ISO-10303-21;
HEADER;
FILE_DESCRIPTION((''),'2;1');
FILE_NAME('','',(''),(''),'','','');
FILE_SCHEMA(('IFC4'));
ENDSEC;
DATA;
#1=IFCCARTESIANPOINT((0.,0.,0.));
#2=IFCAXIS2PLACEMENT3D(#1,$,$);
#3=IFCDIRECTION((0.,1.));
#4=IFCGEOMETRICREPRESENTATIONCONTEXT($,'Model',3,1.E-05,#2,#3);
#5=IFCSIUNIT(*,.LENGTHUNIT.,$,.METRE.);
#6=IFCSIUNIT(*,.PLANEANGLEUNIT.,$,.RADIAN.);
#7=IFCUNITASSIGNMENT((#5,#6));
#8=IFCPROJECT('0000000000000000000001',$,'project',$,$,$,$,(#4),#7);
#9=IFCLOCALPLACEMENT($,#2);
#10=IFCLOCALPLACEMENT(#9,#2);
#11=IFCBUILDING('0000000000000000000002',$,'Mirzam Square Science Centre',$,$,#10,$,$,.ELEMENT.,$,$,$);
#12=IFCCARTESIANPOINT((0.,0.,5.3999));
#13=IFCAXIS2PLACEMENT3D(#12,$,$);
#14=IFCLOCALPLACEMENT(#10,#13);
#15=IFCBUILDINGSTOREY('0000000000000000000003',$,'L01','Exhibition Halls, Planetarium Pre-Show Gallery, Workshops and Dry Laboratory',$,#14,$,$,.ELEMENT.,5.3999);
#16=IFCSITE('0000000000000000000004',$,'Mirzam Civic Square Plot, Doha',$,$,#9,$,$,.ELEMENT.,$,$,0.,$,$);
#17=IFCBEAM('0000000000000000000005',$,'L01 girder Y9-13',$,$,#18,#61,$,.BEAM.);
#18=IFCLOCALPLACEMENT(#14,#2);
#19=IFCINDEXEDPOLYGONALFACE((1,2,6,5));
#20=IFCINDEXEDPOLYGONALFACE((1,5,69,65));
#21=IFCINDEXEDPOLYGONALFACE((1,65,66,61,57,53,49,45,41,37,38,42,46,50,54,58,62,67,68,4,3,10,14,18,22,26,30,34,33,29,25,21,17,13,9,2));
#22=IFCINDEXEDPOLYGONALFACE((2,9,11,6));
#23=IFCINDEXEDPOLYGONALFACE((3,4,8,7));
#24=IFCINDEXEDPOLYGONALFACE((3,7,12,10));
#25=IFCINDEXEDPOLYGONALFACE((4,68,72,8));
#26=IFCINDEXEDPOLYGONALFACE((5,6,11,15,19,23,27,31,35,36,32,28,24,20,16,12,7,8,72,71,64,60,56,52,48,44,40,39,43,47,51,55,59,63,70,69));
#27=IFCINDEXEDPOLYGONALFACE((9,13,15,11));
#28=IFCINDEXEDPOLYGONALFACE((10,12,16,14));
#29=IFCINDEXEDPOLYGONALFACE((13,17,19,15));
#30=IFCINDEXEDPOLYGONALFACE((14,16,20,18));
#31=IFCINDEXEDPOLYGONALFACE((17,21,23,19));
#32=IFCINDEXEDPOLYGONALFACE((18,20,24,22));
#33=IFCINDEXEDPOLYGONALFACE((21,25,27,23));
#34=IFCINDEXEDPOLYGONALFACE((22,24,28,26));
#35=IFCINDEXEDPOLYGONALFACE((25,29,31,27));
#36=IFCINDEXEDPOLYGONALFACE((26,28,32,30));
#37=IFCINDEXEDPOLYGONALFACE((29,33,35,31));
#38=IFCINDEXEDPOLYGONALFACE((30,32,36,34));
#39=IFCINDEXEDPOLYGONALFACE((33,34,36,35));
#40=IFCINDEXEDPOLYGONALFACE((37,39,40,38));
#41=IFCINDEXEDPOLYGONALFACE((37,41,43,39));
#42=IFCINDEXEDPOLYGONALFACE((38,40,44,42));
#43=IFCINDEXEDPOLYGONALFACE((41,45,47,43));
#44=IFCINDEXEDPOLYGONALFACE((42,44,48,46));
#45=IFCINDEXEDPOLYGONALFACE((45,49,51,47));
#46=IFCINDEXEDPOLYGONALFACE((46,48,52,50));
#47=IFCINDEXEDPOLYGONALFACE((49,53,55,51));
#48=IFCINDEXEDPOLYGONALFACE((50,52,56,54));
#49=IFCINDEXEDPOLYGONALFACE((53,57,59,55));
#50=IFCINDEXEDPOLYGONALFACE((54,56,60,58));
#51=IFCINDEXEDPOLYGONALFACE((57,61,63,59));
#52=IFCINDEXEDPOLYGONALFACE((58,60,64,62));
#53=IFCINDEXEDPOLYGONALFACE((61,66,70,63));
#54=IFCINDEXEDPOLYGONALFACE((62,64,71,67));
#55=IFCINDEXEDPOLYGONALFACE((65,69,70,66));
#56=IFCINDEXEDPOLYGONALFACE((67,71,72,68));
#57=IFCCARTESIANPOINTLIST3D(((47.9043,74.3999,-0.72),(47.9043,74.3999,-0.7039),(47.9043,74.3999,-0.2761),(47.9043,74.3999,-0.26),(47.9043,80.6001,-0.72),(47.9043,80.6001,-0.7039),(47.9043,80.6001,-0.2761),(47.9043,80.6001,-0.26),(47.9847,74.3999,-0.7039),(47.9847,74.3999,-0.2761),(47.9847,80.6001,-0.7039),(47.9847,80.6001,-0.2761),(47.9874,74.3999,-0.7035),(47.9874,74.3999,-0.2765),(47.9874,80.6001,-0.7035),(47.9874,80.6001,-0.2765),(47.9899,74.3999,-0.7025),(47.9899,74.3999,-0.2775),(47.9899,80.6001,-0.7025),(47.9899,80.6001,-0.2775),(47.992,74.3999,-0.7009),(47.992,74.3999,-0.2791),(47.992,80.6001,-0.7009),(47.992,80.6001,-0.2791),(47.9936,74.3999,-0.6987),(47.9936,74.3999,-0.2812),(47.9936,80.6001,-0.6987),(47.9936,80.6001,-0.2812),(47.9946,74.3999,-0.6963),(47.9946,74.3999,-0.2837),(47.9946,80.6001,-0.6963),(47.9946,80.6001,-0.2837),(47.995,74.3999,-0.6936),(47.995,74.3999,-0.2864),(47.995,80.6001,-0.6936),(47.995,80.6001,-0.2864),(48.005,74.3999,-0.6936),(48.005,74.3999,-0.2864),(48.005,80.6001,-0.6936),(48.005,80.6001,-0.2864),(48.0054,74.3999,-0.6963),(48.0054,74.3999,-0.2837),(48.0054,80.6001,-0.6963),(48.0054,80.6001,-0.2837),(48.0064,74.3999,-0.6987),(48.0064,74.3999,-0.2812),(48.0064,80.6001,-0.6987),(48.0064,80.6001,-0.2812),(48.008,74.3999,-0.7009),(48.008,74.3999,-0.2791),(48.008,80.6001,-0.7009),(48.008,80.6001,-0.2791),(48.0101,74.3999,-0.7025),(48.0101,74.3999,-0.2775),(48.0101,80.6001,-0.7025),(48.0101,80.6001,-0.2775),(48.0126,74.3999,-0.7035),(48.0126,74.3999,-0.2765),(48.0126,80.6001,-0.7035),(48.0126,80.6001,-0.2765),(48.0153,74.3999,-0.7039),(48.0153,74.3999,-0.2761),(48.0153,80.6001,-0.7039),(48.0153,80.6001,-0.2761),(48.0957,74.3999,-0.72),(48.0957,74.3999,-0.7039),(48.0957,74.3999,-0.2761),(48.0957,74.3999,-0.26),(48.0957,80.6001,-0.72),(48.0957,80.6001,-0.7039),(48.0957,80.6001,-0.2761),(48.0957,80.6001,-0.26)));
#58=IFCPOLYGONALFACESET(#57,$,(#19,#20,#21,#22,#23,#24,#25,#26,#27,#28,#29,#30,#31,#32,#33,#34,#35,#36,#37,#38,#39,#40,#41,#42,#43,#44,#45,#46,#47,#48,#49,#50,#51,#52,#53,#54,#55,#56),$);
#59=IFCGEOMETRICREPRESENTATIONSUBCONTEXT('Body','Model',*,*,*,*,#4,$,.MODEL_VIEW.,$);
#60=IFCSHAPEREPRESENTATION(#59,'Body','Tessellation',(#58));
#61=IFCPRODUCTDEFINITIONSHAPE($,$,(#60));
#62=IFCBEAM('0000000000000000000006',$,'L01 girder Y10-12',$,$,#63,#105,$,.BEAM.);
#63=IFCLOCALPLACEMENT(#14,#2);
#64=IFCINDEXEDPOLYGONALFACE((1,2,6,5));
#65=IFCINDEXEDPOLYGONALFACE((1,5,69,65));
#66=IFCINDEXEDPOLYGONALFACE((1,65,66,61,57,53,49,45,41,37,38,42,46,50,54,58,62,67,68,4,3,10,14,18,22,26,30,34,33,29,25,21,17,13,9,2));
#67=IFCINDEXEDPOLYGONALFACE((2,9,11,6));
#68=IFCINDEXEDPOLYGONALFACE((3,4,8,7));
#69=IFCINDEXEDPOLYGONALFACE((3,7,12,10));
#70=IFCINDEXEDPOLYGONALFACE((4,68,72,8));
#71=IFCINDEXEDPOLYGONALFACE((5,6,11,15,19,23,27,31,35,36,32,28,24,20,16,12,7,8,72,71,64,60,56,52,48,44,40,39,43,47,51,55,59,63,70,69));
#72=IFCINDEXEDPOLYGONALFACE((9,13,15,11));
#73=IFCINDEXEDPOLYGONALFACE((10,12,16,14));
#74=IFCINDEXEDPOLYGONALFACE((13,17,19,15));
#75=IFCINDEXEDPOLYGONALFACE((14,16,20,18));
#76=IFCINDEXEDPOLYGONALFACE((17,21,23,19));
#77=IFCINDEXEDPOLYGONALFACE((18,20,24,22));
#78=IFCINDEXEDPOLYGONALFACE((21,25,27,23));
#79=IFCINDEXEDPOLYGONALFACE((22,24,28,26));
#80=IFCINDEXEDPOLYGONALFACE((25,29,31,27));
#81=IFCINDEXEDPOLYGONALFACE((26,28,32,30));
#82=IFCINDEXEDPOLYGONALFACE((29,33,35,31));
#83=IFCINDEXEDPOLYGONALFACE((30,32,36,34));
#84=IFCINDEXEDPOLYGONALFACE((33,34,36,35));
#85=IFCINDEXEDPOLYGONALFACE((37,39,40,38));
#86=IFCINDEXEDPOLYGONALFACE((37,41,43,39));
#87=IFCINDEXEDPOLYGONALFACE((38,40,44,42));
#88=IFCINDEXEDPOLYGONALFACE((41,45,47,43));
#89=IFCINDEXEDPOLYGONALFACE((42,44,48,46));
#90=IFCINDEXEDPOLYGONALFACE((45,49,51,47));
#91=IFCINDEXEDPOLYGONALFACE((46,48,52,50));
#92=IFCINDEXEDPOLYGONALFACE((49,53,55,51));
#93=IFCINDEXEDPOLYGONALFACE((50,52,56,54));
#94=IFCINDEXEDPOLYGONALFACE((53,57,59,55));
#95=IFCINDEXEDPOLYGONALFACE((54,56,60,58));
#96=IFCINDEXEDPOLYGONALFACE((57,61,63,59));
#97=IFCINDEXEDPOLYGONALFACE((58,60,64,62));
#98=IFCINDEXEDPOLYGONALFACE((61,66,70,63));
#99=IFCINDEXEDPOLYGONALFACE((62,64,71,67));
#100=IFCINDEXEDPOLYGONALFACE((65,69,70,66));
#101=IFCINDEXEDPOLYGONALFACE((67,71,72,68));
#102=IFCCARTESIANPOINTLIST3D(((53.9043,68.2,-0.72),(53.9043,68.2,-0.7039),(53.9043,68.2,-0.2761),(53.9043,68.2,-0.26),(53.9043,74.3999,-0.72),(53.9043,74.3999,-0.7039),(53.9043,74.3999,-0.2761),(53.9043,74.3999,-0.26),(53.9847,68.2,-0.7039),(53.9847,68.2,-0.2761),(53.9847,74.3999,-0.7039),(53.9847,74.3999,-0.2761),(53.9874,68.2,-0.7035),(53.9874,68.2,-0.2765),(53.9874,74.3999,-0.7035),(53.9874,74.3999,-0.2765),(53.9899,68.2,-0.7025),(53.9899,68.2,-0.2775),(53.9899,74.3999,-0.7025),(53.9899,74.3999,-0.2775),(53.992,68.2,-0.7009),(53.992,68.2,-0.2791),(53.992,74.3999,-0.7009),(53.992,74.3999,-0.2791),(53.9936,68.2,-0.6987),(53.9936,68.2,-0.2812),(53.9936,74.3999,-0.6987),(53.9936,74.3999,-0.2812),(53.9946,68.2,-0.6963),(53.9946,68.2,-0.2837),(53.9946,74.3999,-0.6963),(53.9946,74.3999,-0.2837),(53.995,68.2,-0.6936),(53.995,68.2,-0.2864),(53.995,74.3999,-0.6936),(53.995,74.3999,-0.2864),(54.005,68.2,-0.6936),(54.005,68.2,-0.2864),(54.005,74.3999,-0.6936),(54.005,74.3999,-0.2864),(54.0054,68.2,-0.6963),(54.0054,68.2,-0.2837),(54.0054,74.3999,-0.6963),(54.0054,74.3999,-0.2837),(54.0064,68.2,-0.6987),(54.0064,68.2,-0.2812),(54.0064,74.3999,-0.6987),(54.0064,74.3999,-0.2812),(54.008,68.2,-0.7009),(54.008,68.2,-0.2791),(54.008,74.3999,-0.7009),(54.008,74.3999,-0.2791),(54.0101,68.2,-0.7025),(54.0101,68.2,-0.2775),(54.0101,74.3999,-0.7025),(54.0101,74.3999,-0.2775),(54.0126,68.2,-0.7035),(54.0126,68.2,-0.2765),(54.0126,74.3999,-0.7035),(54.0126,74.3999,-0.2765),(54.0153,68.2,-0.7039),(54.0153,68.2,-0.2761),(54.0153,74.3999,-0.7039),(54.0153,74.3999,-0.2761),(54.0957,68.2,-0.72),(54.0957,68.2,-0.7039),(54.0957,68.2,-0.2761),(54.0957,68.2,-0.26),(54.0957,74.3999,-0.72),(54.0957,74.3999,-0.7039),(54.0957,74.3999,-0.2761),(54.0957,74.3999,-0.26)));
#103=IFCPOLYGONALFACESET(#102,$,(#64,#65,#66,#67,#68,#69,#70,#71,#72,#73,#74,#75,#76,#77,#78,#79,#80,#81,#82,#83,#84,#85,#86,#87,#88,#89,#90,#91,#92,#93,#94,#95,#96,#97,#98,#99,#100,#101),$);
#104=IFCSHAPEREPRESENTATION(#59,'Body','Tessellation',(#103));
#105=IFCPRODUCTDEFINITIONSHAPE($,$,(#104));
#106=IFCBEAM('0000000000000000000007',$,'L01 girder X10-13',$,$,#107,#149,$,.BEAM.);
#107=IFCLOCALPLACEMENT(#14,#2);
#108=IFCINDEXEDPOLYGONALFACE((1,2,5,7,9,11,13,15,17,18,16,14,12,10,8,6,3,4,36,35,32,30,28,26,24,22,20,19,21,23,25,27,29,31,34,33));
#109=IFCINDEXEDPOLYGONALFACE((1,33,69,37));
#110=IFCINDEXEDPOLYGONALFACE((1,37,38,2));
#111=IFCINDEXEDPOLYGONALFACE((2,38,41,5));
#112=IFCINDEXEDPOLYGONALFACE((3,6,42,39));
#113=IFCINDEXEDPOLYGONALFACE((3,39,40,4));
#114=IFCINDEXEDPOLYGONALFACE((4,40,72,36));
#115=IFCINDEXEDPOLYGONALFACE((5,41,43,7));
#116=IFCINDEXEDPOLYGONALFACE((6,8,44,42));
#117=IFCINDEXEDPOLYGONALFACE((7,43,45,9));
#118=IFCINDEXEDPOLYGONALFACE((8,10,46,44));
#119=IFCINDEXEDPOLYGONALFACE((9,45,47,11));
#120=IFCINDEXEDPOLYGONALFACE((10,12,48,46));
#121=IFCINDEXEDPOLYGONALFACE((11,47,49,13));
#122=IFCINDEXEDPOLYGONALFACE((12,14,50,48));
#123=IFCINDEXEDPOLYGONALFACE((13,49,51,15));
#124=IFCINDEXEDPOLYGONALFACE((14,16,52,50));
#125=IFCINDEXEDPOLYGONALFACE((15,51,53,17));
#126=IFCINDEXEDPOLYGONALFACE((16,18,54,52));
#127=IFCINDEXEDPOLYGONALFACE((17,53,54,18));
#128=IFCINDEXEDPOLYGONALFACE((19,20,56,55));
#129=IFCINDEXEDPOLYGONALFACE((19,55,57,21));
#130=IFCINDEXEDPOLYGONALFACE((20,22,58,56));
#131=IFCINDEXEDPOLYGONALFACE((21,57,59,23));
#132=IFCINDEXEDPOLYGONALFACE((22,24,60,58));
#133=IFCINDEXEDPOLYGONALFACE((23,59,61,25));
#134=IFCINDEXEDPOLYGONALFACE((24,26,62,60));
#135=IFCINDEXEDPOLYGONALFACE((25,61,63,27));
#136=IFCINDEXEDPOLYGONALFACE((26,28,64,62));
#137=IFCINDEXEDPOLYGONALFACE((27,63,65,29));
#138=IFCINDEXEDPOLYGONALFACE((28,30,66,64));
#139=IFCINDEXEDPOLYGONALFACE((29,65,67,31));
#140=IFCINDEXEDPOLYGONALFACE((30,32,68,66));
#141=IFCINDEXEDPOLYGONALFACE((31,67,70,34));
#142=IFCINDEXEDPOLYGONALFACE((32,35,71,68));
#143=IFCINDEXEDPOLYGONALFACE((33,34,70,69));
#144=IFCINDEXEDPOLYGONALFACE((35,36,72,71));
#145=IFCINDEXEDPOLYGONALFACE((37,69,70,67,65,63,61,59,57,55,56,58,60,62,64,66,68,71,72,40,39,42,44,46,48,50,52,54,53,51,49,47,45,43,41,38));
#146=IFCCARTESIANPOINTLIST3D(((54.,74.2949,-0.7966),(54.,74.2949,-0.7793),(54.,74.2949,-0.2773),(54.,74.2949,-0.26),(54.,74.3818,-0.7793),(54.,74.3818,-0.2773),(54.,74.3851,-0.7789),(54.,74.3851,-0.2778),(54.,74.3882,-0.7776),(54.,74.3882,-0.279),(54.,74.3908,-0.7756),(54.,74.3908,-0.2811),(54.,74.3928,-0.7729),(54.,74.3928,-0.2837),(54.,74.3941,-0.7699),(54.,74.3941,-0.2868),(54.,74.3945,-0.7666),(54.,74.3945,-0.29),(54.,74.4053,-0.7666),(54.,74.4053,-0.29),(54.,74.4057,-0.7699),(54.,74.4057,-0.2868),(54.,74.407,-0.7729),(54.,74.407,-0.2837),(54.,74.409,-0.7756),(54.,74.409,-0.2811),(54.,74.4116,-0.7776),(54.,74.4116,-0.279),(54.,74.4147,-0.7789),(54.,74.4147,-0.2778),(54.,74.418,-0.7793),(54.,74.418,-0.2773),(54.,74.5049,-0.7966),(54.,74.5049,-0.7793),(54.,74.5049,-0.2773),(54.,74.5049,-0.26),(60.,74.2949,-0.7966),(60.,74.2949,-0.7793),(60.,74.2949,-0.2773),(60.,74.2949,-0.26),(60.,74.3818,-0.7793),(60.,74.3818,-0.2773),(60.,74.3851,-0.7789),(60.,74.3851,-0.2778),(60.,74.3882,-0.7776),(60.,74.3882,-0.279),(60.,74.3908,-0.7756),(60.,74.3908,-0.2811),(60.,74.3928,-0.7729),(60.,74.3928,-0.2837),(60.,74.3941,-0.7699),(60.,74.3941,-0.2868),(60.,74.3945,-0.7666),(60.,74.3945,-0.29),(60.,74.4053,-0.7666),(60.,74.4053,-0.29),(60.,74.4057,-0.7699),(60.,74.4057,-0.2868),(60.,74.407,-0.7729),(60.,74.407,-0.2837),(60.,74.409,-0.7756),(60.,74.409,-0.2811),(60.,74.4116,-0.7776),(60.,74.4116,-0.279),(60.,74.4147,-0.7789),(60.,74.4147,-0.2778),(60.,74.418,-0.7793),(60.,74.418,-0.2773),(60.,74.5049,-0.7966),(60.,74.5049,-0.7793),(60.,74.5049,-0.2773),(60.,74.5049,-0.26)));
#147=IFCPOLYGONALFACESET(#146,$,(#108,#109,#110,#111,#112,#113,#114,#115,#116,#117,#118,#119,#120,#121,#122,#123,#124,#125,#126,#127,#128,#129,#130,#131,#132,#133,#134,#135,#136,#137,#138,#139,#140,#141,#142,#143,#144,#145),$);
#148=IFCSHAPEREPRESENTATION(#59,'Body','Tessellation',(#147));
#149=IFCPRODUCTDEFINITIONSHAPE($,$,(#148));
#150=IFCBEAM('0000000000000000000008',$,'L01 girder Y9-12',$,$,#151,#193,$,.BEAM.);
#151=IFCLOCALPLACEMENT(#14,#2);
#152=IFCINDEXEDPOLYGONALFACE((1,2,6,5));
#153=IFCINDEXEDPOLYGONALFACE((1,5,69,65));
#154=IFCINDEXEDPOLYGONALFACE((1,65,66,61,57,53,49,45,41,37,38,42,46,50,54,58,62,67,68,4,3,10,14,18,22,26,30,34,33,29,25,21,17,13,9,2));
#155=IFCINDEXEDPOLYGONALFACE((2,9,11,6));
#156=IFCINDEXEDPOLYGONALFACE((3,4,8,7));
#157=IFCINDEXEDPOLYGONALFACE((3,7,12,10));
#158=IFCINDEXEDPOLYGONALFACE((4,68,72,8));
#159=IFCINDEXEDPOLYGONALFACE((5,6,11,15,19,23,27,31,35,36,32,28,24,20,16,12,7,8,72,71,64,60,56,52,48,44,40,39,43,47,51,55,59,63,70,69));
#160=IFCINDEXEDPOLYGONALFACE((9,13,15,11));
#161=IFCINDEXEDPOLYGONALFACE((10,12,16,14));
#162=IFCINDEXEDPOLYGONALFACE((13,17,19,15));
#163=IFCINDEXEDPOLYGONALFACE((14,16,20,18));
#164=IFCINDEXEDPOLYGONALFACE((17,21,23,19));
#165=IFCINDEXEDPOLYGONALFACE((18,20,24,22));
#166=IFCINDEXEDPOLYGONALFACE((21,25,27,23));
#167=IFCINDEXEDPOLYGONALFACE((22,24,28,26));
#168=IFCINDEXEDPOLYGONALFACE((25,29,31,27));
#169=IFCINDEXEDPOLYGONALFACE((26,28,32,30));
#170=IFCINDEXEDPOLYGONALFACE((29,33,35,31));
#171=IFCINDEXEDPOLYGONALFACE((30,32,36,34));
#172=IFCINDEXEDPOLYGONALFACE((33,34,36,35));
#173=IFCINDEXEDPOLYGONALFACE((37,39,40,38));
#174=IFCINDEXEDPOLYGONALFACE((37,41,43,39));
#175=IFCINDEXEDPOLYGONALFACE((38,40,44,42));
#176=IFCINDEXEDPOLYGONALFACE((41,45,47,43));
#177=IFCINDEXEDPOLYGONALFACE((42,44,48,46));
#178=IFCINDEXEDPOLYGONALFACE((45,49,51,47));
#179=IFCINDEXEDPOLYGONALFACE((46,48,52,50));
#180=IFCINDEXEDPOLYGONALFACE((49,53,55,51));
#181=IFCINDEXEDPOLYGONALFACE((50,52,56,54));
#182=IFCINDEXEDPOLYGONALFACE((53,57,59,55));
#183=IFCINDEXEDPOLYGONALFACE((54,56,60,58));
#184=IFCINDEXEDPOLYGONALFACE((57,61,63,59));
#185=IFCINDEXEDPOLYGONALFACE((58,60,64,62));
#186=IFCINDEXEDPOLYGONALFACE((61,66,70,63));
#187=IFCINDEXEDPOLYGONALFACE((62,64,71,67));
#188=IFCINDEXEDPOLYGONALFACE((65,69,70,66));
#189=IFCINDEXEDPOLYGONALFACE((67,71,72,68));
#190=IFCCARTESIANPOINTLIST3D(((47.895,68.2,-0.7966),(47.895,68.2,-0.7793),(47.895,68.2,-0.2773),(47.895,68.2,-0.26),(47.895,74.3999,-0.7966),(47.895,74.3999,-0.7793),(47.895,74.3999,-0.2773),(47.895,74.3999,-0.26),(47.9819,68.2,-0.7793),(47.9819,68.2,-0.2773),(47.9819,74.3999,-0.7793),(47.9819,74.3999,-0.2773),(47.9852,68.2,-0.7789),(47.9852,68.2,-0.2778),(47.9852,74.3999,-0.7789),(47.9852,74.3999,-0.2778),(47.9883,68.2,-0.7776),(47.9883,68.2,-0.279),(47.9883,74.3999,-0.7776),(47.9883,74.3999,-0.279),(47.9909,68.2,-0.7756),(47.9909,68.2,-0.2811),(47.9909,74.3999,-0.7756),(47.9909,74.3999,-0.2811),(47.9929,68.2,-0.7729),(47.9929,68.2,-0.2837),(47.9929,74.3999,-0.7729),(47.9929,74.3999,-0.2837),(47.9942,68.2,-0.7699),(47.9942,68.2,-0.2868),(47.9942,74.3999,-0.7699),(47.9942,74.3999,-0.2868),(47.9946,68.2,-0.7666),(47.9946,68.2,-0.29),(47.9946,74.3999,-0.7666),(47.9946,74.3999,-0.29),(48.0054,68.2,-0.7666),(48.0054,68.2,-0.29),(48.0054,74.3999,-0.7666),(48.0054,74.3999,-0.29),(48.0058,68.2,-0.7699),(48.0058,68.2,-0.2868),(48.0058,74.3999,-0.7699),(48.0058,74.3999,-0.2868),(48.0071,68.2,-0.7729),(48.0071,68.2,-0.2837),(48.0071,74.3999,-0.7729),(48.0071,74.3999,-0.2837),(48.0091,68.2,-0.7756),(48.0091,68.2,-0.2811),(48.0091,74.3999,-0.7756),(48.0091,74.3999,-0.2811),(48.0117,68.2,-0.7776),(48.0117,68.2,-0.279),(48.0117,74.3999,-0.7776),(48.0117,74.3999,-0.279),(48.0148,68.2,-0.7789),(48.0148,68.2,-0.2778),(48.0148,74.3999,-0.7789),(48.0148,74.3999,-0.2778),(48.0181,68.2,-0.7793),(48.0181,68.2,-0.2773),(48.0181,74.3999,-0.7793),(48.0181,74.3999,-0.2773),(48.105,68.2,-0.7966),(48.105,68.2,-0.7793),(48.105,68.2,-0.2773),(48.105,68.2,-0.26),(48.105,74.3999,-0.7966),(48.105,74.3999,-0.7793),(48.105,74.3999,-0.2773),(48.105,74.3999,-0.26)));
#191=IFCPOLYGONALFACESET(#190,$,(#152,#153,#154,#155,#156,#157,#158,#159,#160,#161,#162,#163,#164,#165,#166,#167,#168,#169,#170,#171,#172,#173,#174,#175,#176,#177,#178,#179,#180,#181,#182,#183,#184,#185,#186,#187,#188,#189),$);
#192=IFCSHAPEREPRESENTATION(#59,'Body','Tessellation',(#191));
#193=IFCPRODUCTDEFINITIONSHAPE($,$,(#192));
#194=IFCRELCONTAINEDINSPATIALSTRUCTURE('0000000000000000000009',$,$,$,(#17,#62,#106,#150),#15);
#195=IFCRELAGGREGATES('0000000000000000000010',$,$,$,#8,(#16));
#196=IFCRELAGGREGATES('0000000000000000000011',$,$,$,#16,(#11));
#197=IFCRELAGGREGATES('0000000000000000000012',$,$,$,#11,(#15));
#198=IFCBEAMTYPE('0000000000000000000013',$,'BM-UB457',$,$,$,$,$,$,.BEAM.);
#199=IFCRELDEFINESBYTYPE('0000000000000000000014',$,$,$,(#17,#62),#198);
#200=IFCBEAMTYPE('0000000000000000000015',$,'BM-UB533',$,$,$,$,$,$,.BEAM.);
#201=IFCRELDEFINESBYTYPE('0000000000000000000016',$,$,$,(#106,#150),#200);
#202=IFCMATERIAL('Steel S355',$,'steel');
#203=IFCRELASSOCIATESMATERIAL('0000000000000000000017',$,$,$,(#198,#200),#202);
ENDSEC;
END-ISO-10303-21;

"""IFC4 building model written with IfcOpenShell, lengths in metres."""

from ifc_helpers import new_model, si_unit, direction, frame, origin, origin_2d, place, context, subcontext, project, spatial, i_section, extrude, material, material_profile, profile_set, type_object, element, save


model = new_model("IFC4")

# Units and contexts
model_context = context("Model", 3, precision=1e-05, world=origin(), true_north=direction((0.0, 1.0)))
body_context = subcontext(model_context, "Body", "Model", "MODEL_VIEW")
ifc_project = project(units=[si_unit("LENGTHUNIT", "METRE"), si_unit("PLANEANGLEUNIT", "RADIAN")], contexts=[model_context])

# Site, building, storey
site_placement = place(None, origin())
site = spatial("IfcSite", under=ifc_project, at=site_placement, Name="Mirzam Civic Square Plot, Doha", CompositionType="ELEMENT", RefElevation=0.0)
building_placement = place(site_placement, origin())
building = spatial("IfcBuilding", under=site, at=building_placement, Name="Mirzam Square Science Centre", CompositionType="ELEMENT")
storey_placement = place(building_placement, frame((0.0, 0.0, 5.3999)))
storey = spatial("IfcBuildingStorey", under=building, at=storey_placement, Name="L01", Description="Exhibition Halls, Planetarium Pre-Show Gallery, Workshops and Dry Laboratory", CompositionType="ELEMENT", Elevation=5.3999)

# Shared definitions
ifc_material = material(Name="Steel S355", Category="steel")

# Beams
ifc_material_profile_1 = material_profile(ifc_material, i_section(OverallWidth=0.1914, OverallDepth=0.46, WebThickness=0.01, FlangeThickness=0.0161, FilletRadius=0.0103, at=origin_2d()), Name="457x191x82UB")
ifc_profile_set_1 = profile_set([ifc_material_profile_1], Name="Steel S355")
beam_type_1 = type_object("IfcBeamType", Name="BM-UB457", PredefinedType="BEAM", material=ifc_profile_set_1)
beam_1_placement = place(storey_placement, frame((48.0, 74.3999, -0.49), z_axis=(0.0, 1.0, 0.0), x_axis=(-1.0, 0.0, 0.0)))
element("IfcBeam", 1, at=beam_1_placement, inside=storey, type_object=beam_type_1, Name="L01 girder Y9-13", PredefinedType="BEAM", context=body_context, shape_type="SweptSolid", body=[
    extrude(i_section(OverallWidth=0.1914, OverallDepth=0.46, WebThickness=0.01, FlangeThickness=0.0161, FilletRadius=0.0103, at=origin_2d()), origin(), (0.0, 0.0, 1.0), 6.2002),
])
beam_2_placement = place(storey_placement, frame((54.0, 68.2, -0.49), z_axis=(0.0, 1.0, 0.0), x_axis=(-1.0, 0.0, 0.0)))
element("IfcBeam", 2, at=beam_2_placement, inside=storey, type_object=beam_type_1, Name="L01 girder Y10-12", PredefinedType="BEAM", context=body_context, shape_type="SweptSolid", body=[
    extrude(i_section(OverallWidth=0.1914, OverallDepth=0.46, WebThickness=0.01, FlangeThickness=0.0161, FilletRadius=0.0103, at=origin_2d()), origin(), (0.0, 0.0, 1.0), 6.2),
])
ifc_material_profile_2 = material_profile(ifc_material, i_section(OverallWidth=0.21, OverallDepth=0.5366, WebThickness=0.0107, FlangeThickness=0.0173, FilletRadius=0.0127, at=origin_2d()), Name="533x210x101UB")
ifc_profile_set_2 = profile_set([ifc_material_profile_2], Name="Steel S355")
beam_type_2 = type_object("IfcBeamType", Name="BM-UB533", PredefinedType="BEAM", material=ifc_profile_set_2)
beam_3_placement = place(storey_placement, frame((54.0, 74.3999, -0.5283), z_axis=(1.0, 0.0, 0.0), x_axis=(0.0, 1.0, 0.0)))
element("IfcBeam", 3, at=beam_3_placement, inside=storey, type_object=beam_type_2, Name="L01 girder X10-13", PredefinedType="BEAM", context=body_context, shape_type="SweptSolid", body=[
    extrude(i_section(OverallWidth=0.21, OverallDepth=0.5366, WebThickness=0.0107, FlangeThickness=0.0173, FilletRadius=0.0127, at=origin_2d()), origin(), (0.0, 0.0, 1.0), 6.0),
])
beam_4_placement = place(storey_placement, frame((48.0, 68.2, -0.5283), z_axis=(0.0, 1.0, 0.0), x_axis=(-1.0, 0.0, 0.0)))
element("IfcBeam", 4, at=beam_4_placement, inside=storey, type_object=beam_type_2, Name="L01 girder Y9-12", PredefinedType="BEAM", context=body_context, shape_type="SweptSolid", body=[
    extrude(i_section(OverallWidth=0.21, OverallDepth=0.5366, WebThickness=0.0107, FlangeThickness=0.0173, FilletRadius=0.0127, at=origin_2d()), origin(), (0.0, 0.0, 1.0), 6.2),
])

save(model, "model.ifc")
